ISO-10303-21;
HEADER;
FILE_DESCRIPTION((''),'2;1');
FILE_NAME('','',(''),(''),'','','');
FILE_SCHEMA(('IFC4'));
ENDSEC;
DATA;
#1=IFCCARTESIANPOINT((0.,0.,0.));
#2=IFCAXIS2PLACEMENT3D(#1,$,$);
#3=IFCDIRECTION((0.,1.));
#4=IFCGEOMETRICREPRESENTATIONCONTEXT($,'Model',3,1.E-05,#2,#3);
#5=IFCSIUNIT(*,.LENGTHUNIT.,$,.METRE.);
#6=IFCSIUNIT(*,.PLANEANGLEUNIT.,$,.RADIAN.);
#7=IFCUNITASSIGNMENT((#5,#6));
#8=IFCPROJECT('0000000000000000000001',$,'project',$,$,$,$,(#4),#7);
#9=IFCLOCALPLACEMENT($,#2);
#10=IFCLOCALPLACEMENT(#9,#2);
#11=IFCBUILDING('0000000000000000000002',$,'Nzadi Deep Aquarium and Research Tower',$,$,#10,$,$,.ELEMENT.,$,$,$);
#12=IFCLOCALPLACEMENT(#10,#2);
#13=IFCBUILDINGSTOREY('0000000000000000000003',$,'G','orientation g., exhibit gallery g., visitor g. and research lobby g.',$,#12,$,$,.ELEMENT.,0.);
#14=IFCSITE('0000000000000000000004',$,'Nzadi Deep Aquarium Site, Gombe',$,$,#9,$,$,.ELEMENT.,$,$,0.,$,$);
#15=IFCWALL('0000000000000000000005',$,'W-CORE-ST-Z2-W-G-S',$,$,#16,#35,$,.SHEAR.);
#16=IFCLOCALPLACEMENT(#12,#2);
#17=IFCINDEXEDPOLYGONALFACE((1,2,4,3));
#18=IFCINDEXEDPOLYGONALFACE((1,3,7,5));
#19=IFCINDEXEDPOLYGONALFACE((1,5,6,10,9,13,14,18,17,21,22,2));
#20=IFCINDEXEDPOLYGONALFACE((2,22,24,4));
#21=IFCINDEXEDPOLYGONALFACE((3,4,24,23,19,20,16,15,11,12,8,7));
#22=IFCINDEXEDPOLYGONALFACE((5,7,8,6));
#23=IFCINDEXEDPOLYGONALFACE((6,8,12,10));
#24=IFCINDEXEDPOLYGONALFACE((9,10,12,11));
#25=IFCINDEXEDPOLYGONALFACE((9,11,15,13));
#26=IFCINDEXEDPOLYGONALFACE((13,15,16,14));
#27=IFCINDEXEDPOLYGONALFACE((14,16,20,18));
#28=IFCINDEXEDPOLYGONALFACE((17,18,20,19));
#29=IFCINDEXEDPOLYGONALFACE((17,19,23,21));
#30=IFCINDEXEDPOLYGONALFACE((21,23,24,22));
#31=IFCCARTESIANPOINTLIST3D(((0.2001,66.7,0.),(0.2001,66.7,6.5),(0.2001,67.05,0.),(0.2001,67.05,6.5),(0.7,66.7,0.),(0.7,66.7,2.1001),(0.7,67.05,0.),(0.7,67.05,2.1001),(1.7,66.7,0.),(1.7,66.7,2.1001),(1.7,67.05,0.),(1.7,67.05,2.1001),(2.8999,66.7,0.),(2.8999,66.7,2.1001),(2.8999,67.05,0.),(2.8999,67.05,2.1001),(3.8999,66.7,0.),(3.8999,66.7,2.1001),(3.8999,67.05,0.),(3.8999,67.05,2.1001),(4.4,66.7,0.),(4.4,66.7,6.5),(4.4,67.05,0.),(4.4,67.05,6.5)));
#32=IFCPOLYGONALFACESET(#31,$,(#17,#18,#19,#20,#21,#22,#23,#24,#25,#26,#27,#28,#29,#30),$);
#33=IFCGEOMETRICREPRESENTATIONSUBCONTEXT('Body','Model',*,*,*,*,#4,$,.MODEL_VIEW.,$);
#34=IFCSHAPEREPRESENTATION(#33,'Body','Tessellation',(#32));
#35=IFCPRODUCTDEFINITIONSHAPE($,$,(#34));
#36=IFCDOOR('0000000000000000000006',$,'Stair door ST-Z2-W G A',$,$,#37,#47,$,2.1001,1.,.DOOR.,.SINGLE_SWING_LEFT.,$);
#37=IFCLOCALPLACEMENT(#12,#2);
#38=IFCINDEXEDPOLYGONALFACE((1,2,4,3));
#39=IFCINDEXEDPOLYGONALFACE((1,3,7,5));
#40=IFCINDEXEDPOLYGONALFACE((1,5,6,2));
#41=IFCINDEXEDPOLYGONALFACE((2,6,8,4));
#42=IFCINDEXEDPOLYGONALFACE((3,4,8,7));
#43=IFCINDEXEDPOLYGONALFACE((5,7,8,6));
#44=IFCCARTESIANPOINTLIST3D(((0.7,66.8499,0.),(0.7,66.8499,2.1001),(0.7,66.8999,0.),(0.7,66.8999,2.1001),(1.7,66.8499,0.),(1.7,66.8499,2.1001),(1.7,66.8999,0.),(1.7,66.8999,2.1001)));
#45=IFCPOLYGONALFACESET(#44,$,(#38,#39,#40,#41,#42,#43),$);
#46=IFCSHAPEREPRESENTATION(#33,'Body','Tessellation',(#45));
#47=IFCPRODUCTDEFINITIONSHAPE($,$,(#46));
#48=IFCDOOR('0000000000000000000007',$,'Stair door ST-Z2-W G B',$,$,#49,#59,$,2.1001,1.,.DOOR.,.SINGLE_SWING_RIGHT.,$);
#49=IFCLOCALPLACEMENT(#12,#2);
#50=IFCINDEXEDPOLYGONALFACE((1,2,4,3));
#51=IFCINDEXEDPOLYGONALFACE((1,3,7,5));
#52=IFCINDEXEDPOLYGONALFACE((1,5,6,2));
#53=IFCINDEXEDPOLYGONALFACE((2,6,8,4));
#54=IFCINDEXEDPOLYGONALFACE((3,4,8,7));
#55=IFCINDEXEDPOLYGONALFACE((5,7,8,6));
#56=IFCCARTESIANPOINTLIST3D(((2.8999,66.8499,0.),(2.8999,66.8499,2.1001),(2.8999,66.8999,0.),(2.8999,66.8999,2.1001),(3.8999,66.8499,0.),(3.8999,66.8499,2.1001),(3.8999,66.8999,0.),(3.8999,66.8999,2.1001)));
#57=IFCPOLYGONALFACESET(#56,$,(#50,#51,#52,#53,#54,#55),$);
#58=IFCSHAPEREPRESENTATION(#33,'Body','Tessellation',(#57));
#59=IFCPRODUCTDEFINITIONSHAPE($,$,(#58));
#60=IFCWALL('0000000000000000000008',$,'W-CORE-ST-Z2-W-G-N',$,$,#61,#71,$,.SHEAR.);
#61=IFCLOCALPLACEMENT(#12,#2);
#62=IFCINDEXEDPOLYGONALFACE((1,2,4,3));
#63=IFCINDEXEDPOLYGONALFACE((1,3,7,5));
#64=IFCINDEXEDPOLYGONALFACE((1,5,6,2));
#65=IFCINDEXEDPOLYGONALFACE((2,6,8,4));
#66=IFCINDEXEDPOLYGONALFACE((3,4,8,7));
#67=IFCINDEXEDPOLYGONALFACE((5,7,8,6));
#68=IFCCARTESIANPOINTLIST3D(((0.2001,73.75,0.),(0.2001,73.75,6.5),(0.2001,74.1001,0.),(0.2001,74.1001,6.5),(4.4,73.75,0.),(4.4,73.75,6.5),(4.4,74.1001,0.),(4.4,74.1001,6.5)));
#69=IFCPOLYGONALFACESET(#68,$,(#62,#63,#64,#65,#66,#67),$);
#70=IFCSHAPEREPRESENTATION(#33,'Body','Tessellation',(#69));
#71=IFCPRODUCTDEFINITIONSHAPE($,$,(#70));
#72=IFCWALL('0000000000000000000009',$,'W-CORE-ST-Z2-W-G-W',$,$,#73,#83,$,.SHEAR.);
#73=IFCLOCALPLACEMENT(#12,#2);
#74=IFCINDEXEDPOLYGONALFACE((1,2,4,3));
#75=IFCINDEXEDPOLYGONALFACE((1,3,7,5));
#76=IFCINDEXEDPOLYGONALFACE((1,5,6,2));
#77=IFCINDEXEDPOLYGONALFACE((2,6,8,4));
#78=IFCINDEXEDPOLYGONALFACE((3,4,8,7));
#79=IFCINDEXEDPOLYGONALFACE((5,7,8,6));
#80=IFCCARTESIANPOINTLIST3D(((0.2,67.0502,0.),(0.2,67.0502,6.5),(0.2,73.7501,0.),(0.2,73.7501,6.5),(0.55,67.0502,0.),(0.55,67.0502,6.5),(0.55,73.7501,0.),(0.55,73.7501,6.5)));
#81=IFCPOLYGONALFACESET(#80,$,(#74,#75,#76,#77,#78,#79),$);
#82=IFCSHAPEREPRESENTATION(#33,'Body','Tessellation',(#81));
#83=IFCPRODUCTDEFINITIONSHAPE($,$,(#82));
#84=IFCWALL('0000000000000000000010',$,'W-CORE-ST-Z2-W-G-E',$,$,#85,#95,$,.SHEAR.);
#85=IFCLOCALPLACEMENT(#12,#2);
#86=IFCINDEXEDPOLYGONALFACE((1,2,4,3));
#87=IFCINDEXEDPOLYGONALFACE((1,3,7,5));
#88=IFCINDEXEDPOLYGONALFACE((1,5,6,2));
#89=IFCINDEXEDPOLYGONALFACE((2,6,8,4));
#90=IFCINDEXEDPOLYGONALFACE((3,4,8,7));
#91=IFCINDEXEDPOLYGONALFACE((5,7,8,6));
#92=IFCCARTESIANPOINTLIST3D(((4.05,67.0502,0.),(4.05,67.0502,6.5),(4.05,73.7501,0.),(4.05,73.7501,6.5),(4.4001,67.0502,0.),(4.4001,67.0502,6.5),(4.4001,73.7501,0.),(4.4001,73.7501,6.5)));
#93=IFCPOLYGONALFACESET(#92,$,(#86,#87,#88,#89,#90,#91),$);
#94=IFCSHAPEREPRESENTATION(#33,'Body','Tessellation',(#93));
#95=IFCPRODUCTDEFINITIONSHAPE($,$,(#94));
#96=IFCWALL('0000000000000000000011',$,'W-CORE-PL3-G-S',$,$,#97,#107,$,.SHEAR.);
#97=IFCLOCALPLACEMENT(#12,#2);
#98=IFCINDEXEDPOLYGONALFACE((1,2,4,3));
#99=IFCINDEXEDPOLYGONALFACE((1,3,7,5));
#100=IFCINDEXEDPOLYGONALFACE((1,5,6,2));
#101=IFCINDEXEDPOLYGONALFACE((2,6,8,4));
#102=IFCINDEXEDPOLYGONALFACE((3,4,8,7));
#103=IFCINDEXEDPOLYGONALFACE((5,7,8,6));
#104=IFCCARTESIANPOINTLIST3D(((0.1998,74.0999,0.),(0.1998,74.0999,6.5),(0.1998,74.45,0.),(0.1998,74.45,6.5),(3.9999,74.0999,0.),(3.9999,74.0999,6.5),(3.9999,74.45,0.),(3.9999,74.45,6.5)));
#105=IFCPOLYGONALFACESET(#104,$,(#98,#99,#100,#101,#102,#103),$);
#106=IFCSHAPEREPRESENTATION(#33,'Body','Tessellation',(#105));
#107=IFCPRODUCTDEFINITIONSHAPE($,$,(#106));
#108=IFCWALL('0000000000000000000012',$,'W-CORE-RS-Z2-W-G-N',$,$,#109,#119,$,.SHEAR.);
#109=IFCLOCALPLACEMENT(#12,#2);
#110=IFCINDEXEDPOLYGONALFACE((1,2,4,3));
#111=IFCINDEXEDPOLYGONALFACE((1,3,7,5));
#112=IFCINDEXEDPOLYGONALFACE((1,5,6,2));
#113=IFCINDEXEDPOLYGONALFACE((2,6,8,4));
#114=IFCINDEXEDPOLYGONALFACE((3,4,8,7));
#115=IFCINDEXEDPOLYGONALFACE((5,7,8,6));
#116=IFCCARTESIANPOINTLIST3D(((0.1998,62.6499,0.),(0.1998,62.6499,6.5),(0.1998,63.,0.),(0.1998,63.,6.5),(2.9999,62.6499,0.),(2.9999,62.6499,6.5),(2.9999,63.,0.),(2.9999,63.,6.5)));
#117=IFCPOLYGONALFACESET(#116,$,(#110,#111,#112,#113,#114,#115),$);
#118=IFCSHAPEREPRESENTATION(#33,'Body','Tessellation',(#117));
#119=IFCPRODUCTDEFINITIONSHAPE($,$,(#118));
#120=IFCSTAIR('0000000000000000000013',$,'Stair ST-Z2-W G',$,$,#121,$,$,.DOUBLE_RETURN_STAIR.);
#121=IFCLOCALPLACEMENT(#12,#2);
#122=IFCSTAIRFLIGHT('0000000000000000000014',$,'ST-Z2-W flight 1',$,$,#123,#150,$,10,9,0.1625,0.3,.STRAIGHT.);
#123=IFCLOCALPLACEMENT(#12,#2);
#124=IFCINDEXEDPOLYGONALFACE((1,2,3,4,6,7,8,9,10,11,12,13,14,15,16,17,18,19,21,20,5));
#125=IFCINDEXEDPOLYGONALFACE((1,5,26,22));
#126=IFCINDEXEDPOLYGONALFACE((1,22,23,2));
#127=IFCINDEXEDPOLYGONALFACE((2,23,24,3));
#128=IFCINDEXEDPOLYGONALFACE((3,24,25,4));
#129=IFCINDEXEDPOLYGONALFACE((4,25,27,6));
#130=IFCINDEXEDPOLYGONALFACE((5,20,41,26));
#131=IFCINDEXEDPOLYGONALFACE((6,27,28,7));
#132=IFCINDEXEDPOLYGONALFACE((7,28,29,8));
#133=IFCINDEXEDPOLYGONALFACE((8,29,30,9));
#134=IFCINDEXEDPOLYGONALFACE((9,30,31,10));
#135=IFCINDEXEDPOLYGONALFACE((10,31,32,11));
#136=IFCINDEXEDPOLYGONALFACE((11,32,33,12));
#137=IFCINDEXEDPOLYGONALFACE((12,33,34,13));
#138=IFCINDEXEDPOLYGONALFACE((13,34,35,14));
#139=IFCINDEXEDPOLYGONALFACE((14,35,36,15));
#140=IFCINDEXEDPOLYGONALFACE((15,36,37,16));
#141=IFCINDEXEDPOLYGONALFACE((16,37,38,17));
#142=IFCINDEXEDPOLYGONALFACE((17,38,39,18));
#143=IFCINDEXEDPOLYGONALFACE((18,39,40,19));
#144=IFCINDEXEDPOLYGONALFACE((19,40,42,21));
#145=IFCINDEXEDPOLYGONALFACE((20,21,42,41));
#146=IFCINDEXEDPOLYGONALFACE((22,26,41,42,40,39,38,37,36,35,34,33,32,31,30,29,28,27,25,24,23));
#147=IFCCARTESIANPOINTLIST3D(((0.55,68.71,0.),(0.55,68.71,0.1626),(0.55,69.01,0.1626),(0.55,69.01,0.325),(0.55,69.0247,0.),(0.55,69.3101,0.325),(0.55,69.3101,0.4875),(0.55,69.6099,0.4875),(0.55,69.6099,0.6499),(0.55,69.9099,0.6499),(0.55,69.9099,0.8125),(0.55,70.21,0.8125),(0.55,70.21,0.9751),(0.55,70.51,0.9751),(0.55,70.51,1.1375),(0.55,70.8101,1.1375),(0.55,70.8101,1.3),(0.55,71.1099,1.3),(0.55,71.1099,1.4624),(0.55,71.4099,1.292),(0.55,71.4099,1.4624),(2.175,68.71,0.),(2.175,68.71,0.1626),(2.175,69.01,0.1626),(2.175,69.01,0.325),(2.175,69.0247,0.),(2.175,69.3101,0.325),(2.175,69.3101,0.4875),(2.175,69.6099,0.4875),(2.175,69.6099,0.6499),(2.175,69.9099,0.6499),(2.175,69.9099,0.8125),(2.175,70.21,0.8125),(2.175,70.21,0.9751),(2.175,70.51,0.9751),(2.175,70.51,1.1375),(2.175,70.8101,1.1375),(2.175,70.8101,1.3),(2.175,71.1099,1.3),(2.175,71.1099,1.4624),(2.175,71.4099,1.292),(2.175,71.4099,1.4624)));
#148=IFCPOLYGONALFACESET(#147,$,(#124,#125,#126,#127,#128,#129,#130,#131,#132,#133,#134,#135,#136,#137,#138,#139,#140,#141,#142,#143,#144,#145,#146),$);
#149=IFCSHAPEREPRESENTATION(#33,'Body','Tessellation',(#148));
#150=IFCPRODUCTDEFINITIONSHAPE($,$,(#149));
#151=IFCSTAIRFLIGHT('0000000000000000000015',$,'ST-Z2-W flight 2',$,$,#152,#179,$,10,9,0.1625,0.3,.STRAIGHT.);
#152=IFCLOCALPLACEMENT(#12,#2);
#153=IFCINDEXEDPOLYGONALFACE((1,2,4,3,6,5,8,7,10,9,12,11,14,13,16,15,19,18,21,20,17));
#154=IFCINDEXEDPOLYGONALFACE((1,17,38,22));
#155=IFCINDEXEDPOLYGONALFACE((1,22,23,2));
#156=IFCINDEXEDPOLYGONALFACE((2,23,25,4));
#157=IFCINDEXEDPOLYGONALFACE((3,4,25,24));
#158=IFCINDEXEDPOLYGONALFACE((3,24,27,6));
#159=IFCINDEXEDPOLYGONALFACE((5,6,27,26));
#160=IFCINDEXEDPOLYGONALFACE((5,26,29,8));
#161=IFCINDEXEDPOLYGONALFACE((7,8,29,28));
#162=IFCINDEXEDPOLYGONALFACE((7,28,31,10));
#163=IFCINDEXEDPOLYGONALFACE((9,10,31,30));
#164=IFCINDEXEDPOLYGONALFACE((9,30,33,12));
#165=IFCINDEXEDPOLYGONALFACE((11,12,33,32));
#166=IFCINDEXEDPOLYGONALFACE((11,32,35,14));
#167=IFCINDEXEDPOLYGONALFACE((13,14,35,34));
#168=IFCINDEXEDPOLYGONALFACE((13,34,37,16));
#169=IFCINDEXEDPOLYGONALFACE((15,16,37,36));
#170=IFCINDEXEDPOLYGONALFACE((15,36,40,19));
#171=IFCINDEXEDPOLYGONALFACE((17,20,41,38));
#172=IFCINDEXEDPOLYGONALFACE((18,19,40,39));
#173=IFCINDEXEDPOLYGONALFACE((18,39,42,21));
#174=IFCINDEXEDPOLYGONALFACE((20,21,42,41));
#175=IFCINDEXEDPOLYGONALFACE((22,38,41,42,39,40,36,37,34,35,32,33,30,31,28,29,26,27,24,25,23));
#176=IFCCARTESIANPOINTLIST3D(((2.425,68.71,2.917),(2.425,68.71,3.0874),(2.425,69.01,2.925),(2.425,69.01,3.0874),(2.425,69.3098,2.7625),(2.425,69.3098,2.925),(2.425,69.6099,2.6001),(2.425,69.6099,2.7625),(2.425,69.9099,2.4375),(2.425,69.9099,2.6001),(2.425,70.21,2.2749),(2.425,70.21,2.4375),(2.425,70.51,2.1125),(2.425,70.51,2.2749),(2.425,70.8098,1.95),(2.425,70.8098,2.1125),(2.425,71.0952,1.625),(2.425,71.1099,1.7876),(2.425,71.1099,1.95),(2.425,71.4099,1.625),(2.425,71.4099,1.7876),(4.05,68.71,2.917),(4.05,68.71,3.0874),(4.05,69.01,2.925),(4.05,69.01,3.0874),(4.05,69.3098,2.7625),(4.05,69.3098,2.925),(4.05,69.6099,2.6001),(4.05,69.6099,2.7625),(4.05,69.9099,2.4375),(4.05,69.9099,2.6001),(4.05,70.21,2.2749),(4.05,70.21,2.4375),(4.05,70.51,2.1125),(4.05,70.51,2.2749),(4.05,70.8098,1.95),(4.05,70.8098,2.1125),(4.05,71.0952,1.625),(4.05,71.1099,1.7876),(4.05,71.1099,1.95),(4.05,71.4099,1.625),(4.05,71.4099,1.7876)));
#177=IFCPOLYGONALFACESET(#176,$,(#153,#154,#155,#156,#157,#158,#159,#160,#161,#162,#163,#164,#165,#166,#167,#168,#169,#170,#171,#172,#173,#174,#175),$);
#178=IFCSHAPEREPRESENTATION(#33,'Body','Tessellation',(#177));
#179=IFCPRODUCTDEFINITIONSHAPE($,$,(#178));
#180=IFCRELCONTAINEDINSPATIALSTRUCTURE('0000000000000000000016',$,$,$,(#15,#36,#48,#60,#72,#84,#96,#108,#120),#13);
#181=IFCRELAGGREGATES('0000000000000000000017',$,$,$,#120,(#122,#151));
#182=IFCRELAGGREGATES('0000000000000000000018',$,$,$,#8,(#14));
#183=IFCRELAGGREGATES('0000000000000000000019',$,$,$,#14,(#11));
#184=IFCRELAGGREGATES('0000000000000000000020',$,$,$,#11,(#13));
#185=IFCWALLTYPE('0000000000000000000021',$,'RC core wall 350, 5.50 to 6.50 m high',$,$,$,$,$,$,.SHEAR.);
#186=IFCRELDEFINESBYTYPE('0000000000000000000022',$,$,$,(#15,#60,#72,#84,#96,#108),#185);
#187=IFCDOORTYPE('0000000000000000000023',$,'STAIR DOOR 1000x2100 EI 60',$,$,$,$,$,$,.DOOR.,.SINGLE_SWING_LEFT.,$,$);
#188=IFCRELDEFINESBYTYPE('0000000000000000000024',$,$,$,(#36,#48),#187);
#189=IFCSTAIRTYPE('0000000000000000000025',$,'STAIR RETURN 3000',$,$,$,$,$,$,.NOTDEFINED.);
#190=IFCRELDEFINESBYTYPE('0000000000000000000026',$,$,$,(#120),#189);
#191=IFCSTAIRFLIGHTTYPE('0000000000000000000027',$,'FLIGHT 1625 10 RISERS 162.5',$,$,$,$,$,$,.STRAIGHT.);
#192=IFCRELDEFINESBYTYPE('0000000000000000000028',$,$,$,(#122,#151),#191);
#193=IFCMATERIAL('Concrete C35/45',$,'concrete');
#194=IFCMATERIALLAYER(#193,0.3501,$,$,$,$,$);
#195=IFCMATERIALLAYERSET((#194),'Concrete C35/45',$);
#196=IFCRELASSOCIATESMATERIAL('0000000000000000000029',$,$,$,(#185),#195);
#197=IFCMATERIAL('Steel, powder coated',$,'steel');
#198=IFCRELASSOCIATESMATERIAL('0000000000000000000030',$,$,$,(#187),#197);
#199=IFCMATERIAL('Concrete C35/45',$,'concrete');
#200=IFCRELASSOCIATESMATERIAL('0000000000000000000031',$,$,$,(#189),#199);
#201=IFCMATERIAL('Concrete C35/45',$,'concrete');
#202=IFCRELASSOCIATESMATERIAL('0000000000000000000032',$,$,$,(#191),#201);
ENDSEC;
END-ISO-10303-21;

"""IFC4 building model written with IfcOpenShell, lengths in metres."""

from ifc_helpers import new_model, si_unit, direction, frame, frame_2d, origin, place, context, subcontext, project, spatial, polyline, rectangle, outline, extrude, material, layer, layer_set, type_object, element, fill, aggregate, save


model = new_model("IFC4")

# Units and contexts
model_context = context("Model", 3, precision=1e-05, world=origin(), true_north=direction((0.0, 1.0)))
body_context = subcontext(model_context, "Body", "Model", "MODEL_VIEW")
ifc_project = project(units=[si_unit("LENGTHUNIT", "METRE"), si_unit("PLANEANGLEUNIT", "RADIAN")], contexts=[model_context])

# Site, building, storey
site_placement = place(None, origin())
site = spatial("IfcSite", under=ifc_project, at=site_placement, Name="Nzadi Deep Aquarium Site, Gombe", CompositionType="ELEMENT", RefElevation=0.0)
building_placement = place(site_placement, origin())
building = spatial("IfcBuilding", under=site, at=building_placement, Name="Nzadi Deep Aquarium and Research Tower", CompositionType="ELEMENT")
storey_placement = place(building_placement, origin())
storey = spatial("IfcBuildingStorey", under=building, at=storey_placement, Name="G", Description="orientation g., exhibit gallery g., visitor g. and research lobby g.", CompositionType="ELEMENT", Elevation=0.0)

# Wall, openings, doors
ifc_material_1 = material(Name="Concrete C35/45", Category="concrete")
ifc_layer_1 = layer(ifc_material_1, 0.3501)
ifc_layer_set_1 = layer_set([ifc_layer_1], Name="Concrete C35/45")
wall_type_1 = type_object("IfcWallType", Name="RC core wall 350, 5.50 to 6.50 m high", PredefinedType="SHEAR", material=ifc_layer_set_1)
wall_1_placement = place(storey_placement, frame((0.2, 66.875, 0.0), z_axis=(0.0, 0.0, 1.0), x_axis=(1.0, 0.0, 0.0)))
wall_1 = element("IfcWall", 1, at=wall_1_placement, inside=storey, type_object=wall_type_1, Name="W-CORE-ST-Z2-W-G-S", PredefinedType="SHEAR", context=body_context, shape_type="SweptSolid", body=[
    extrude(rectangle(XDim=4.2, YDim=0.3501, at=frame_2d((2.1001, 0.0))), origin(), (0.0, 0.0, 1.0), 6.5),
])
opening_1_placement = place(wall_1_placement, frame((0.5, 0.0, 0.0)))
opening_1 = element("IfcOpeningElement", 2, at=opening_1_placement, cuts=wall_1, PredefinedType="OPENING", context=body_context, shape_type="SweptSolid", body=[
    extrude(rectangle(XDim=1.0, YDim=2.1001, at=frame_2d((0.5, 1.05))), frame((0.0, 0.1851, 0.0), z_axis=(0.0, -1.0, 0.0), x_axis=(1.0, 0.0, 0.0)), (0.0, 0.0, 1.0), 0.3701),
])
opening_2_placement = place(wall_1_placement, frame((2.7, 0.0, 0.0)))
opening_2 = element("IfcOpeningElement", 3, at=opening_2_placement, cuts=wall_1, PredefinedType="OPENING", context=body_context, shape_type="SweptSolid", body=[
    extrude(rectangle(XDim=1.0, YDim=2.1001, at=frame_2d((0.5, 1.05))), frame((0.0, 0.1851, 0.0), z_axis=(0.0, -1.0, 0.0), x_axis=(1.0, 0.0, 0.0)), (0.0, 0.0, 1.0), 0.3701),
])
ifc_material_2 = material(Name="Steel, powder coated", Category="steel")
door_type_1 = type_object("IfcDoorType", Name="STAIR DOOR 1000x2100 EI 60", OperationType="SINGLE_SWING_LEFT", PredefinedType="DOOR", material=ifc_material_2)
door_1_placement = place(opening_1_placement, origin())
door_1 = element("IfcDoor", 4, at=door_1_placement, inside=storey, type_object=door_type_1, Name="Stair door ST-Z2-W G A", OperationType="SINGLE_SWING_LEFT", OverallHeight=2.1001, OverallWidth=1.0, PredefinedType="DOOR", context=body_context, shape_type="SweptSolid", body=[
    extrude(rectangle(XDim=1.0, YDim=2.1001, at=frame_2d((0.5, 1.05))), frame((0.0, 0.0249, 0.0), z_axis=(0.0, -1.0, 0.0), x_axis=(1.0, 0.0, 0.0)), (0.0, 0.0, 1.0), 0.05),
])
fill(opening_1, door_1)
door_2_placement = place(opening_2_placement, origin())
door_2 = element("IfcDoor", 5, at=door_2_placement, inside=storey, type_object=door_type_1, Name="Stair door ST-Z2-W G B", OperationType="SINGLE_SWING_RIGHT", OverallHeight=2.1001, OverallWidth=1.0, PredefinedType="DOOR", context=body_context, shape_type="SweptSolid", body=[
    extrude(rectangle(XDim=1.0, YDim=2.1001, at=frame_2d((0.5, 1.05))), frame((0.0, 0.0249, 0.0), z_axis=(0.0, -1.0, 0.0), x_axis=(1.0, 0.0, 0.0)), (0.0, 0.0, 1.0), 0.05),
])
fill(opening_2, door_2)

# Walls
wall_2_placement = place(storey_placement, frame((0.2, 73.925, 0.0), z_axis=(0.0, 0.0, 1.0), x_axis=(1.0, 0.0, 0.0)))
element("IfcWall", 6, at=wall_2_placement, inside=storey, type_object=wall_type_1, Name="W-CORE-ST-Z2-W-G-N", PredefinedType="SHEAR", context=body_context, shape_type="SweptSolid", body=[
    extrude(rectangle(XDim=4.2, YDim=0.3501, at=frame_2d((2.1001, 0.0))), origin(), (0.0, 0.0, 1.0), 6.5),
])
for number, where, z_axis, x_axis, name in (
    (7, (0.375, 67.05, 0.0), (0.0, 0.0, 1.0), (0.0, 1.0, 0.0), "W-CORE-ST-Z2-W-G-W"),
    (8, (4.2251, 67.05, 0.0), (0.0, 0.0, 1.0), (0.0, 1.0, 0.0), "W-CORE-ST-Z2-W-G-E"),
):
    element("IfcWall", number, at=place(storey_placement, frame(where, z_axis=z_axis, x_axis=x_axis)), inside=storey, type_object=wall_type_1, Name=name, PredefinedType="SHEAR", context=body_context, shape_type="SweptSolid", body=[
        extrude(rectangle(XDim=6.7, YDim=0.3501, at=frame_2d((3.3501, 0.0))), origin(), (0.0, 0.0, 1.0), 6.5),
    ])
wall_3_placement = place(storey_placement, frame((0.2, 74.2749, 0.0), z_axis=(0.0, 0.0, 1.0), x_axis=(1.0, 0.0, 0.0)))
element("IfcWall", 9, at=wall_3_placement, inside=storey, type_object=wall_type_1, Name="W-CORE-PL3-G-S", PredefinedType="SHEAR", context=body_context, shape_type="SweptSolid", body=[
    extrude(rectangle(XDim=3.8, YDim=0.3501, at=frame_2d((1.8999, 0.0))), origin(), (0.0, 0.0, 1.0), 6.5),
])
wall_4_placement = place(storey_placement, frame((0.2, 62.825, 0.0), z_axis=(0.0, 0.0, 1.0), x_axis=(1.0, 0.0, 0.0)))
element("IfcWall", 10, at=wall_4_placement, inside=storey, type_object=wall_type_1, Name="W-CORE-RS-Z2-W-G-N", PredefinedType="SHEAR", context=body_context, shape_type="SweptSolid", body=[
    extrude(rectangle(XDim=2.8, YDim=0.3501, at=frame_2d((1.3999, 0.0))), origin(), (0.0, 0.0, 1.0), 6.5),
])

# Stair, stair flights
ifc_material_3 = material(Name="Concrete C35/45", Category="concrete")
stair_type = type_object("IfcStairType", Name="STAIR RETURN 3000", PredefinedType="NOTDEFINED", material=ifc_material_3)
stair_placement = place(storey_placement, origin())
stair = element("IfcStair", 11, at=stair_placement, inside=storey, type_object=stair_type, Name="Stair ST-Z2-W G", PredefinedType="DOUBLE_RETURN_STAIR")
ifc_material_4 = material(Name="Concrete C35/45", Category="concrete")
stair_flight_type = type_object("IfcStairFlightType", Name="FLIGHT 1625 10 RISERS 162.5", PredefinedType="STRAIGHT", material=ifc_material_4)
stair_flight_1_placement = place(storey_placement, frame((1.3625, 68.71, 0.0), z_axis=(0.0, 0.0, 1.0), x_axis=(0.0, 1.0, 0.0)))
stair_flight_1 = element("IfcStairFlight", 12, at=stair_flight_1_placement, type_object=stair_flight_type, Name="ST-Z2-W flight 1", NumberOfRisers=10, NumberOfTreads=9, PredefinedType="STRAIGHT", RiserHeight=0.1625, TreadLength=0.3, context=body_context, shape_type="SweptSolid", body=[
    extrude(outline(polyline([(0.0, 0.0), (0.0, 0.1626), (0.3, 0.1626), (0.3, 0.325), (0.6001, 0.325), (0.6001, 0.4875), (0.8999, 0.4875), (0.8999, 0.6499), (1.2, 0.6499), (1.2, 0.8125), (1.5, 0.8125), (1.5, 0.9751), (1.8, 0.9751), (1.8, 1.1375), (2.1001, 1.1375), (2.1001, 1.3), (2.3999, 1.3), (2.3999, 1.4624), (2.7, 1.4624), (2.7, 1.625), (2.7, 1.292), (0.3147, 0.0), (0.0, 0.0)])), frame((0.0, 0.8125, 0.0), z_axis=(0.0, -1.0, 0.0), x_axis=(1.0, 0.0, 0.0)), (0.0, 0.0, 1.0), 1.625),
])
stair_flight_2_placement = place(storey_placement, frame((3.2375, 71.4099, 1.625), z_axis=(0.0, 0.0, 1.0), x_axis=(0.0, -1.0, 0.0)))
stair_flight_2 = element("IfcStairFlight", 13, at=stair_flight_2_placement, type_object=stair_flight_type, Name="ST-Z2-W flight 2", NumberOfRisers=10, NumberOfTreads=9, PredefinedType="STRAIGHT", RiserHeight=0.1625, TreadLength=0.3, context=body_context, shape_type="SweptSolid", body=[
    extrude(outline(polyline([(0.0, 0.0), (0.0, 0.1626), (0.3, 0.1626), (0.3, 0.325), (0.6001, 0.325), (0.6001, 0.4875), (0.8999, 0.4875), (0.8999, 0.6499), (1.2, 0.6499), (1.2, 0.8125), (1.5, 0.8125), (1.5, 0.9751), (1.8, 0.9751), (1.8, 1.1375), (2.1001, 1.1375), (2.1001, 1.3), (2.3999, 1.3), (2.3999, 1.4624), (2.7, 1.4624), (2.7, 1.625), (2.7, 1.292), (0.3147, 0.0), (0.0, 0.0)])), frame((0.0, 0.8125, 0.0), z_axis=(0.0, -1.0, 0.0), x_axis=(1.0, 0.0, 0.0)), (0.0, 0.0, 1.0), 1.625),
])
aggregate(stair, [stair_flight_1, stair_flight_2])

save(model, "model.ifc")
